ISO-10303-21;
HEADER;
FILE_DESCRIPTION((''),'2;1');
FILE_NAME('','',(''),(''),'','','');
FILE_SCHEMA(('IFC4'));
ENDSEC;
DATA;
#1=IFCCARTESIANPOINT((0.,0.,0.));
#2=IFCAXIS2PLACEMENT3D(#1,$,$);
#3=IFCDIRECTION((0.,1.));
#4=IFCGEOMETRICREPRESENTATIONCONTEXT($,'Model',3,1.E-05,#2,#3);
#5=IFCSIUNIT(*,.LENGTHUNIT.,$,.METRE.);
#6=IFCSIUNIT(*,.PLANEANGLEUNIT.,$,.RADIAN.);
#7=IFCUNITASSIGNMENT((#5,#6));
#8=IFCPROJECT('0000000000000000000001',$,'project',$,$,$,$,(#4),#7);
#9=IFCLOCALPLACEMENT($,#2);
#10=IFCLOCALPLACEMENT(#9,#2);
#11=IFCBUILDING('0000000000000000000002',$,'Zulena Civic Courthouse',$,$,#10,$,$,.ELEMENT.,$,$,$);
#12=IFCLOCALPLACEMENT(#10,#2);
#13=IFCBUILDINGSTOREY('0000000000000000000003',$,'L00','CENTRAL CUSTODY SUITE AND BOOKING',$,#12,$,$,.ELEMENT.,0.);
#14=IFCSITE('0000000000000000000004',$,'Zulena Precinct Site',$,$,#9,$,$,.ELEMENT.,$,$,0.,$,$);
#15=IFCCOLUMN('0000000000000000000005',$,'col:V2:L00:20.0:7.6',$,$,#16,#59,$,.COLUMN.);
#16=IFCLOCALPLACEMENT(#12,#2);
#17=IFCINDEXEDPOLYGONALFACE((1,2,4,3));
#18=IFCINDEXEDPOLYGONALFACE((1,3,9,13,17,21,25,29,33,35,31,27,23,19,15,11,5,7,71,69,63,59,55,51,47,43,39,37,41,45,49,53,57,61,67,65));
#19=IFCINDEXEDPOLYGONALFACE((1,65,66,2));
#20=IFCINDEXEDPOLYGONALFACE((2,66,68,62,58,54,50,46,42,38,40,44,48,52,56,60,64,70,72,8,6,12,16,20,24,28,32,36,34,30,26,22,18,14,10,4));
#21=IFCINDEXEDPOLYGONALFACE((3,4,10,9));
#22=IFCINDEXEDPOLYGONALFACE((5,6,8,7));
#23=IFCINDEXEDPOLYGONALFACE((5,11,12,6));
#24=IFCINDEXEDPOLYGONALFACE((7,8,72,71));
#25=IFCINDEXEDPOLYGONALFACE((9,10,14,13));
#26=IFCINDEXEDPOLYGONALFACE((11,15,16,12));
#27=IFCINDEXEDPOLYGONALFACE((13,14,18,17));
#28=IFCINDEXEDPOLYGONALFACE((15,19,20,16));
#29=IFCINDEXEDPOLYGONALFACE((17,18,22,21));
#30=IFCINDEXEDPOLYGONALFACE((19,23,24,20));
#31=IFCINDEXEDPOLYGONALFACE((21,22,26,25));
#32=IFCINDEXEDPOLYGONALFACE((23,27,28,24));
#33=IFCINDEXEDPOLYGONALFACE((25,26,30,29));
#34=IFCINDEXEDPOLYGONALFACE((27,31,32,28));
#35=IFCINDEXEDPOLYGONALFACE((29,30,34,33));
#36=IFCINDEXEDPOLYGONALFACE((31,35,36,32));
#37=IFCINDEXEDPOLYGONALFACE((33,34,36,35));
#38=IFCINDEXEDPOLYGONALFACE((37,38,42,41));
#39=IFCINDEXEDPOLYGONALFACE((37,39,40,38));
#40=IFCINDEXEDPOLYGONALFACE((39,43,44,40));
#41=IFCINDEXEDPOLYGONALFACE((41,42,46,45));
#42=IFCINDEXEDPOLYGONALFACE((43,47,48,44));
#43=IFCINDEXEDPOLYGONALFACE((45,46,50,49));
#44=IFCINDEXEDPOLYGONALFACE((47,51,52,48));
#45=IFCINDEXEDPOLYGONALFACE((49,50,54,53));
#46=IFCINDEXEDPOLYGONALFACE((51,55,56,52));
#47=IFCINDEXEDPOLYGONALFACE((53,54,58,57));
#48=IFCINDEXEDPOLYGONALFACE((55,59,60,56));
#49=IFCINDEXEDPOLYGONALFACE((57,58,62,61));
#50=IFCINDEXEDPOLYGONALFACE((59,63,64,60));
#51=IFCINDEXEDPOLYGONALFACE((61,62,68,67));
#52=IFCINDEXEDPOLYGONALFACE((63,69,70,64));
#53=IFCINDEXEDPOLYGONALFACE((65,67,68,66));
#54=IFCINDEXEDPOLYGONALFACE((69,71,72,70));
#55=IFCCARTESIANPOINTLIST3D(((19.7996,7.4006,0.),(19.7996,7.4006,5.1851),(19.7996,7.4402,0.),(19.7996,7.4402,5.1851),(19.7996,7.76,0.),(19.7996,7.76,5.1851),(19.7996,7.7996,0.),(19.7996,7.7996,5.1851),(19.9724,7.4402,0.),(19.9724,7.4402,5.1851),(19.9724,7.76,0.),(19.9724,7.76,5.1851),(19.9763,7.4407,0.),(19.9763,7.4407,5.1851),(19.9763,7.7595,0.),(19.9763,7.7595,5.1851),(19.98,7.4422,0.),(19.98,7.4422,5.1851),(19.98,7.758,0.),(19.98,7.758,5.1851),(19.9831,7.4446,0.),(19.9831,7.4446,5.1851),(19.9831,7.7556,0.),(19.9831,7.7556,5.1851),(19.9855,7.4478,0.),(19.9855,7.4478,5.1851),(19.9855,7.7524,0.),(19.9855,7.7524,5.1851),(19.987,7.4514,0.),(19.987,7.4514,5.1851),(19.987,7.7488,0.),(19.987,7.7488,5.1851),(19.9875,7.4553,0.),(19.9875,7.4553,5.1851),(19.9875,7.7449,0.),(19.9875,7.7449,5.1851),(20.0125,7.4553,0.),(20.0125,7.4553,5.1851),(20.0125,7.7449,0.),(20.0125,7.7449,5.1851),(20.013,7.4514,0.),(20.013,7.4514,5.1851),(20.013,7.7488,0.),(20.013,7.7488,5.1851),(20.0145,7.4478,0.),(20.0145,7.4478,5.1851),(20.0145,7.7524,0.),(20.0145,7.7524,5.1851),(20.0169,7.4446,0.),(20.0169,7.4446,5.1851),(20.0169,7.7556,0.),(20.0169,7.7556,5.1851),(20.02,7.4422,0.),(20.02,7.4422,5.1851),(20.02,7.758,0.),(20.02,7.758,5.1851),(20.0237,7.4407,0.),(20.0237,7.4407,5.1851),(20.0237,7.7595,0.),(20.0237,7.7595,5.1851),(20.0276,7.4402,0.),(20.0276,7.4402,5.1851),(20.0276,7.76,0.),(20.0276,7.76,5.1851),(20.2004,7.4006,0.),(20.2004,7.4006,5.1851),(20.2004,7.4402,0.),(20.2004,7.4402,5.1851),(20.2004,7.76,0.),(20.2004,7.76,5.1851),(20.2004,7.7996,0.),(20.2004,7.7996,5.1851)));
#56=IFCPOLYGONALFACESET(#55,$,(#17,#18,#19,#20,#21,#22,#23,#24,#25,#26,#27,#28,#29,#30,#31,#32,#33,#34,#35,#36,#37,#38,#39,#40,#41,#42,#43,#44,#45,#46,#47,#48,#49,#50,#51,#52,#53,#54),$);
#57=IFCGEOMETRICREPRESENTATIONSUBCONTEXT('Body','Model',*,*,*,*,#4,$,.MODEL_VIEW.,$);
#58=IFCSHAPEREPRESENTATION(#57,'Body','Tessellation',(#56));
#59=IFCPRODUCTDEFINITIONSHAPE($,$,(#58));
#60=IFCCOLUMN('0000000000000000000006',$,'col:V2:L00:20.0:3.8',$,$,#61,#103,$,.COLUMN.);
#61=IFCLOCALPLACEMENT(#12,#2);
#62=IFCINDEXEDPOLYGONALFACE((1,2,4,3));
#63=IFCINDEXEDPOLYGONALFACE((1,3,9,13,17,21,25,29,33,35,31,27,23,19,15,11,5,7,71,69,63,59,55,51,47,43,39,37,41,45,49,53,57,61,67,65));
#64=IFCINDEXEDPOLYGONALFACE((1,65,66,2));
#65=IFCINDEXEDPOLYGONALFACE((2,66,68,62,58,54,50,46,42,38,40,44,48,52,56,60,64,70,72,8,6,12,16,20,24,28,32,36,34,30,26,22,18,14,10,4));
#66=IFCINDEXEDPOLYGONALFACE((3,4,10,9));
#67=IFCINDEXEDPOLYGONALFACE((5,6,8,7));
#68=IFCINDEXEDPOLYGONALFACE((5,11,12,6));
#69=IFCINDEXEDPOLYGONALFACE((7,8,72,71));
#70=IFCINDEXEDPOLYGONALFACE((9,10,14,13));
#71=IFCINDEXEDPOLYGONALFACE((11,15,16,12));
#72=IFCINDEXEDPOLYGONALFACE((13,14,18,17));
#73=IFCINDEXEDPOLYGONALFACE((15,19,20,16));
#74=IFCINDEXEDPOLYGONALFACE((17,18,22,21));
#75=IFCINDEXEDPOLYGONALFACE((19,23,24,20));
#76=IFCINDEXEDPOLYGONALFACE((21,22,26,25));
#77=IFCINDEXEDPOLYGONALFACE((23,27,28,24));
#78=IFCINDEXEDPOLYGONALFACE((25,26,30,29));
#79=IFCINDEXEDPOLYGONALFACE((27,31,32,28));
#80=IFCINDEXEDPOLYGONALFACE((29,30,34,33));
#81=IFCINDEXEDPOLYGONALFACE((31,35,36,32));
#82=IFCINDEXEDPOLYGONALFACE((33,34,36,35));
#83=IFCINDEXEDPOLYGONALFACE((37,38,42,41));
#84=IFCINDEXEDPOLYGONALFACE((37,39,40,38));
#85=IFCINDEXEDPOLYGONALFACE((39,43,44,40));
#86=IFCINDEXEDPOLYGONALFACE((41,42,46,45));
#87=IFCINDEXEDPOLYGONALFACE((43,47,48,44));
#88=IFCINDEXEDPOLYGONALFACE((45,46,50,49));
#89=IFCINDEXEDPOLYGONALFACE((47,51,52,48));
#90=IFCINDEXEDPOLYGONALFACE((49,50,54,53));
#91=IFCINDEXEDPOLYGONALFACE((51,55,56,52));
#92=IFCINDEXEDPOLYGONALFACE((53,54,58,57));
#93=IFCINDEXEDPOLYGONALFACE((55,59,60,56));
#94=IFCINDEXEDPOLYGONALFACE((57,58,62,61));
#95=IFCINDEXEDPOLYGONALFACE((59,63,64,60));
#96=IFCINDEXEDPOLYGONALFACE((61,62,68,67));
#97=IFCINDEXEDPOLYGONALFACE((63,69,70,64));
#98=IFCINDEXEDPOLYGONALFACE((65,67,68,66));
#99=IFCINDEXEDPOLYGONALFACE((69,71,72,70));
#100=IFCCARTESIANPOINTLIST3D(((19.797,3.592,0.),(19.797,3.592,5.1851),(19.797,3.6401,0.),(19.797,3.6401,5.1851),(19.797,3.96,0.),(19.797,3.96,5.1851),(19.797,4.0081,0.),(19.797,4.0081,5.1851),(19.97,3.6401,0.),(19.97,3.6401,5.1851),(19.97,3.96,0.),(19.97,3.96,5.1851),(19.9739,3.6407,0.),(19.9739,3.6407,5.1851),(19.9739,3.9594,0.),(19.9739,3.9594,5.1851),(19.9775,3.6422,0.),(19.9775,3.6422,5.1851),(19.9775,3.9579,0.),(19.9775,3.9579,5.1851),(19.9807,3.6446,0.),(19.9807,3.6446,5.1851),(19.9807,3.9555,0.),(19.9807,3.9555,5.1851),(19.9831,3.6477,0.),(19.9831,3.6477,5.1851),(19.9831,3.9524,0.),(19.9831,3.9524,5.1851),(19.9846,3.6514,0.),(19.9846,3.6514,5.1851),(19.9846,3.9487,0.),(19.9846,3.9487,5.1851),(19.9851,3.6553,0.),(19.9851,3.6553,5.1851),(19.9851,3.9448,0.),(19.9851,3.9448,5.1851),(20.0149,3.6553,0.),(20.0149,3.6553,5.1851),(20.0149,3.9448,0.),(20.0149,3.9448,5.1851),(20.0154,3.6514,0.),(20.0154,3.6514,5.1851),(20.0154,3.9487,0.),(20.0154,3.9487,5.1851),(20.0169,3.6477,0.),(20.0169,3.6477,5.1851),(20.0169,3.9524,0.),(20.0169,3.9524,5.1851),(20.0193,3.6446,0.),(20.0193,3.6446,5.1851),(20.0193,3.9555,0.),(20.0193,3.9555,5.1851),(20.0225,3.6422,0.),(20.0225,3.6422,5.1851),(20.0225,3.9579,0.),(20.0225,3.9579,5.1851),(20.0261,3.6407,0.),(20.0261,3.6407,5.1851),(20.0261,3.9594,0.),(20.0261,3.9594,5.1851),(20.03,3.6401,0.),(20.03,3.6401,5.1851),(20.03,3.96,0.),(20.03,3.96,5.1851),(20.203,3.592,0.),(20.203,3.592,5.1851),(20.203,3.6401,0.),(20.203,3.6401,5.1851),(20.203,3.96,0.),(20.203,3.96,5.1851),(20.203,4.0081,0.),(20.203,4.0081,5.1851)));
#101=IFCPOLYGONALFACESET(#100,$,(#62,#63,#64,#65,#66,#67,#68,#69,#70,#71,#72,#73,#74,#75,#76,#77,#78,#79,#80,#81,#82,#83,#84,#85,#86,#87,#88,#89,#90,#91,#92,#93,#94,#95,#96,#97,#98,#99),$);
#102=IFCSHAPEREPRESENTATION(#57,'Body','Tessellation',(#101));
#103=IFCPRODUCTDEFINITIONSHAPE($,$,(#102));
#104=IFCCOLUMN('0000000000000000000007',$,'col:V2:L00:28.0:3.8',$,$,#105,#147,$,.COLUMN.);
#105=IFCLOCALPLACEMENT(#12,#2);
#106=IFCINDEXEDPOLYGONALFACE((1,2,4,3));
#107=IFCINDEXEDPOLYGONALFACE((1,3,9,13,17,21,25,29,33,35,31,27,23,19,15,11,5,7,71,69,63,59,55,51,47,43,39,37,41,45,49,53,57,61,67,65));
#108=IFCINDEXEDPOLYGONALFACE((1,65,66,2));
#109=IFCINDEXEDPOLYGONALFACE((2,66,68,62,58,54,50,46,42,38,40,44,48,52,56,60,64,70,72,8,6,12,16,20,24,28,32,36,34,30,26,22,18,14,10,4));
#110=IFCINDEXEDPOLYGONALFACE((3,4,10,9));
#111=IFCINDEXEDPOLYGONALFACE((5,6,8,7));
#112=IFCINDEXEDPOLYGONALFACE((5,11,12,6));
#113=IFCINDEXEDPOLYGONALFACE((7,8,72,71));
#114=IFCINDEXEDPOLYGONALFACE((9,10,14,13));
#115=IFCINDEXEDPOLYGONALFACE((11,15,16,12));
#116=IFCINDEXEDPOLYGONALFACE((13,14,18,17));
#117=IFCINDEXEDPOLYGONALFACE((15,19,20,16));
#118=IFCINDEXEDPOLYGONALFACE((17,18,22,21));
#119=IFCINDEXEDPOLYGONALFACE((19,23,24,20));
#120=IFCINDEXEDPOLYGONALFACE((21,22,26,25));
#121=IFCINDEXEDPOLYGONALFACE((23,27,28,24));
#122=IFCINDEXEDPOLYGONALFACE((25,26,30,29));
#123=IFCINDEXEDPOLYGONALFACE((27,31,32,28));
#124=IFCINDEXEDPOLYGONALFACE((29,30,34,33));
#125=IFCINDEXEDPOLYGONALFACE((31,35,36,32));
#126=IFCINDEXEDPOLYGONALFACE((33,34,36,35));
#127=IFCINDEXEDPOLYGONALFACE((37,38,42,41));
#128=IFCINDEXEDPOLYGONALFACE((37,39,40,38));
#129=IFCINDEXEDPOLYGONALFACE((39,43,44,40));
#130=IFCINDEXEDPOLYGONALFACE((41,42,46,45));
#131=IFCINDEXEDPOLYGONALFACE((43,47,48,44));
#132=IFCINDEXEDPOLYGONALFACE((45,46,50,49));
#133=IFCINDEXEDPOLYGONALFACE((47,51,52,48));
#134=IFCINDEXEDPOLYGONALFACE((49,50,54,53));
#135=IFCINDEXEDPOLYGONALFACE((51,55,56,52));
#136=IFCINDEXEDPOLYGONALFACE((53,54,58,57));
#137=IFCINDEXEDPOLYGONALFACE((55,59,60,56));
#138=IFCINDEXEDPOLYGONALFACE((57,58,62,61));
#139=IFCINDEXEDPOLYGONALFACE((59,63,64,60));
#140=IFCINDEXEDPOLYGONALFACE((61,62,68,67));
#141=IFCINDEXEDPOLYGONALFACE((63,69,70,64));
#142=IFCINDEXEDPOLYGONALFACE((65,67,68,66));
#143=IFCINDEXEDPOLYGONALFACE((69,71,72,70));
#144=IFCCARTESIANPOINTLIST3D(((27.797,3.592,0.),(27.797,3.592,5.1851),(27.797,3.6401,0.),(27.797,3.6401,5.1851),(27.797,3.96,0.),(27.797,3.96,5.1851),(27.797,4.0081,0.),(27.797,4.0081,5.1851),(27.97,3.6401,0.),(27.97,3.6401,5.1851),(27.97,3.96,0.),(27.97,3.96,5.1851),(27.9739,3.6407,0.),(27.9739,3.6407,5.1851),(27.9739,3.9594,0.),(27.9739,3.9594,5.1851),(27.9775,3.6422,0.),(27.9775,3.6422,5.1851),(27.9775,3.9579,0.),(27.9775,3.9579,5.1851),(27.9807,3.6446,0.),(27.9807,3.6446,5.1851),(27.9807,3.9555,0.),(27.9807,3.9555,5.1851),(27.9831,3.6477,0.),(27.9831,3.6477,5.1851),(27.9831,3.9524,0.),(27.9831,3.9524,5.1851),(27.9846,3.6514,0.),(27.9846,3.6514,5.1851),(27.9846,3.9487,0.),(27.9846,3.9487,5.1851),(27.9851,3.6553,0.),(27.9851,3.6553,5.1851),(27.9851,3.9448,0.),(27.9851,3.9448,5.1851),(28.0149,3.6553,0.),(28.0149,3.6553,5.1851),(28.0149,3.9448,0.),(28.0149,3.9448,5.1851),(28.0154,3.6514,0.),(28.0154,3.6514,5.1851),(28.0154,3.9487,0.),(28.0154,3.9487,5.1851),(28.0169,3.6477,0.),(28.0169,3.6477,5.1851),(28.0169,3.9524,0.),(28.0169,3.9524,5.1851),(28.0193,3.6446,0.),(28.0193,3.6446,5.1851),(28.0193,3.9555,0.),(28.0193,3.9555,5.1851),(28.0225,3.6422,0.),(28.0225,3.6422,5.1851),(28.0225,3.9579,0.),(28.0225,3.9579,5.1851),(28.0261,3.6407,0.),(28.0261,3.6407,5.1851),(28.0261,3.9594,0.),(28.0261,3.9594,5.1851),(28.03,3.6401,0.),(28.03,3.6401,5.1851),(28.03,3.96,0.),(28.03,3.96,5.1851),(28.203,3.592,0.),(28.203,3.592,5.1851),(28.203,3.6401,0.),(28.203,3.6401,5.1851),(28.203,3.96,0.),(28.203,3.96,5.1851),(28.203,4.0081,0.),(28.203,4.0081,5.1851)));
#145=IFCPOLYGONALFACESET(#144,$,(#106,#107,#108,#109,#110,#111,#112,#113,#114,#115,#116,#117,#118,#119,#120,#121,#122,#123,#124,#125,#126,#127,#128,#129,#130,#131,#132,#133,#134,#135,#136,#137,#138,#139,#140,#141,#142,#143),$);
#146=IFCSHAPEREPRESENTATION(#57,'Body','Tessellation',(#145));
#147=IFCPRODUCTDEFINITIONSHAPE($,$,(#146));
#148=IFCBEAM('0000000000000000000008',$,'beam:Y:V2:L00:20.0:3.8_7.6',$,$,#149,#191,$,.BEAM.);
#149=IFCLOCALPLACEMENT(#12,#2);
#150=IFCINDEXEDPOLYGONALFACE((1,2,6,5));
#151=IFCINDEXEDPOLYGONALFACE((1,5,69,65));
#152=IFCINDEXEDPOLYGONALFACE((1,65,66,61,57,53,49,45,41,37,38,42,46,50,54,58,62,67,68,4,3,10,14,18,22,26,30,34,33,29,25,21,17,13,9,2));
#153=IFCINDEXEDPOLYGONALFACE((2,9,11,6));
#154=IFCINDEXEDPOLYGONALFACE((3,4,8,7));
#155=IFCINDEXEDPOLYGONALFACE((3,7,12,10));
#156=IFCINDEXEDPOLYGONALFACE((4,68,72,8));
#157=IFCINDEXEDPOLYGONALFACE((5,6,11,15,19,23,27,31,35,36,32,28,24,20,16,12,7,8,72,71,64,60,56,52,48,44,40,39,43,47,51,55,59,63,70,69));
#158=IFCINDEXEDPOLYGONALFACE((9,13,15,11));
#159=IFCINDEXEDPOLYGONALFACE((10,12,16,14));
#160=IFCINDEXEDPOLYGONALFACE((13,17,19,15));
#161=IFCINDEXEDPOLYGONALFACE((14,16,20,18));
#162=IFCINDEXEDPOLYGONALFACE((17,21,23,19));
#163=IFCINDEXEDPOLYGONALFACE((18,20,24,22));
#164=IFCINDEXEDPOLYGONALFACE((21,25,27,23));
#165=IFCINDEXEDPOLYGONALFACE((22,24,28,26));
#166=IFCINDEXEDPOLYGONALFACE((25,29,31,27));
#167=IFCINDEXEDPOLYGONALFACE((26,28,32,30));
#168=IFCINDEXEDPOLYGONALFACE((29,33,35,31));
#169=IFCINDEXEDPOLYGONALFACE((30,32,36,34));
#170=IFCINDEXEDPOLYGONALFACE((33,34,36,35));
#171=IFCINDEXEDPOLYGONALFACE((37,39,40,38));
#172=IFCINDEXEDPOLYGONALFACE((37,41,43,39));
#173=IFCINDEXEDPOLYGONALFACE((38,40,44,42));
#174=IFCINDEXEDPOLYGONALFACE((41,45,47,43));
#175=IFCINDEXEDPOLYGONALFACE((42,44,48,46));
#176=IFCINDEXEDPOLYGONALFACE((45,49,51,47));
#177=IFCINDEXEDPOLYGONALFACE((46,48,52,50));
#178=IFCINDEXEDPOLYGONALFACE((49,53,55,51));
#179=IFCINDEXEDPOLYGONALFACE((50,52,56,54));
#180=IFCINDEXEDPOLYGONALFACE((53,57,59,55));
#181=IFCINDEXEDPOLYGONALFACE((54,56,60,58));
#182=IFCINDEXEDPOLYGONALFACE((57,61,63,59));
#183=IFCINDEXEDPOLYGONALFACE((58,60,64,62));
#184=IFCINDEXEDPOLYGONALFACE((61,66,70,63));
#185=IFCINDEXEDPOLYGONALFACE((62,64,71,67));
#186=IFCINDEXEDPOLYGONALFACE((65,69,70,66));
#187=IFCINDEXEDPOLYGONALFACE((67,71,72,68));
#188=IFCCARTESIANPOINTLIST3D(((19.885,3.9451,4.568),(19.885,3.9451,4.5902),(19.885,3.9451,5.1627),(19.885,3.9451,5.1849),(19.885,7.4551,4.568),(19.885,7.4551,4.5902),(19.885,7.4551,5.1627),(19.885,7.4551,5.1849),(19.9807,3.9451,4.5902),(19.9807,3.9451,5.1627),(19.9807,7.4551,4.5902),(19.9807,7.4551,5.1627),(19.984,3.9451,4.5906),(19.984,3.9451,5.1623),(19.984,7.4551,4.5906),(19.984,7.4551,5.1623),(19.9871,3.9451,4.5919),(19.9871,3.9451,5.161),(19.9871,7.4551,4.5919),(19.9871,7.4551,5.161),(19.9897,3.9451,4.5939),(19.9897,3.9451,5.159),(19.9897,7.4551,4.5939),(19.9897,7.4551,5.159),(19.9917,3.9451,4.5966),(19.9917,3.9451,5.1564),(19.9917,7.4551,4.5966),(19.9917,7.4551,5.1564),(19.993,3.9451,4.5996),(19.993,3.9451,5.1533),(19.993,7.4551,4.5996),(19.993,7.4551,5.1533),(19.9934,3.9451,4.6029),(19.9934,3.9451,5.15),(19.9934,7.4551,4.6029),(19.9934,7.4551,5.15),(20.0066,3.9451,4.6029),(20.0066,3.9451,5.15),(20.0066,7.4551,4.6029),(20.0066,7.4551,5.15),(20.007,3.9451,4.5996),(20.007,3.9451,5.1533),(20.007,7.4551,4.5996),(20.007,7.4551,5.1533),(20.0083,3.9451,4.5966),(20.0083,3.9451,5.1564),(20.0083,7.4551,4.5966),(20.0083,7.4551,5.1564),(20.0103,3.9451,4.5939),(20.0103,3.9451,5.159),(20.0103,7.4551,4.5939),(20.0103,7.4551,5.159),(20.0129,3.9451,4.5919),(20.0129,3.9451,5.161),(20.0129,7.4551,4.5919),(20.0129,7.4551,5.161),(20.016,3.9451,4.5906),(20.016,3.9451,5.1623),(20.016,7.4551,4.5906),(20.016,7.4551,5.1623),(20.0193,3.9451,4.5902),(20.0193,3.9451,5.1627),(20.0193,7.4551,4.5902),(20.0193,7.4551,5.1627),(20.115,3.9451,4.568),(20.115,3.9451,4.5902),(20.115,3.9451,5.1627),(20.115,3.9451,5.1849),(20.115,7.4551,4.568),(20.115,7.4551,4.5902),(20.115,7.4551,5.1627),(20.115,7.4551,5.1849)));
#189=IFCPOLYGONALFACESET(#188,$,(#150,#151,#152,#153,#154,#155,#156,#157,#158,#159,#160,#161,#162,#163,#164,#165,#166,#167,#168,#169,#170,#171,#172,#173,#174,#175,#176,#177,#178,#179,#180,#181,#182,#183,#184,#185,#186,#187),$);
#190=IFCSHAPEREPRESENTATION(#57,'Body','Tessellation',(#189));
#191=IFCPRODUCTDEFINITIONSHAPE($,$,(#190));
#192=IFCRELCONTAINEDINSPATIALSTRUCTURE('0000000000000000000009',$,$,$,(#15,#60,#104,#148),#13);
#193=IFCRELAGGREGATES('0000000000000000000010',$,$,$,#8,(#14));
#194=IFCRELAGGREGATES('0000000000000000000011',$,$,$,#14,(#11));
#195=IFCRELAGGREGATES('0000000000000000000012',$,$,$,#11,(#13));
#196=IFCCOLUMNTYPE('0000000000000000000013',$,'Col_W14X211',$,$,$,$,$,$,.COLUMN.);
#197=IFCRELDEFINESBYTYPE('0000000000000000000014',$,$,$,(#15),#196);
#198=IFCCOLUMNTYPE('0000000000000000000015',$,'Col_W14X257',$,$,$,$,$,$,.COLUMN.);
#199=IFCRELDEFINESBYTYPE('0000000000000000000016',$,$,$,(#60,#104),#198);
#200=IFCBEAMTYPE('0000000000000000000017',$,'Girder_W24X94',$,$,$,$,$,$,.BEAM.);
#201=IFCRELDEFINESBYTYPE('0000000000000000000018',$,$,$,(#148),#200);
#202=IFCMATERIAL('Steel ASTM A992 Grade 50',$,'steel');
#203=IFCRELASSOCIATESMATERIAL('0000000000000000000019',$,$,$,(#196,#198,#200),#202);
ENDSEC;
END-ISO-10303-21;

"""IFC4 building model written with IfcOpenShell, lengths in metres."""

from ifc_helpers import new_model, si_unit, direction, frame, origin, origin_2d, place, context, subcontext, project, spatial, i_section, extrude, material, material_profile, profile_set, type_object, element, save


model = new_model("IFC4")

# Units and contexts
model_context = context("Model", 3, precision=1e-05, world=origin(), true_north=direction((0.0, 1.0)))
body_context = subcontext(model_context, "Body", "Model", "MODEL_VIEW")
ifc_project = project(units=[si_unit("LENGTHUNIT", "METRE"), si_unit("PLANEANGLEUNIT", "RADIAN")], contexts=[model_context])

# Site, building, storey
site_placement = place(None, origin())
site = spatial("IfcSite", under=ifc_project, at=site_placement, Name="Zulena Precinct Site", CompositionType="ELEMENT", RefElevation=0.0)
building_placement = place(site_placement, origin())
building = spatial("IfcBuilding", under=site, at=building_placement, Name="Zulena Civic Courthouse", CompositionType="ELEMENT")
storey_placement = place(building_placement, origin())
storey = spatial("IfcBuildingStorey", under=building, at=storey_placement, Name="L00", Description="CENTRAL CUSTODY SUITE AND BOOKING", CompositionType="ELEMENT", Elevation=0.0)

# Columns
ifc_material_1 = material(Name="Steel ASTM A992 Grade 50", Category="steel")
ifc_material_profile_1 = material_profile(ifc_material_1, i_section(OverallWidth=0.4009, OverallDepth=0.3989, WebThickness=0.0249, FlangeThickness=0.0396, FilletRadius=0.0151, at=origin_2d()), Name="W14X211")
ifc_profile_set_1 = profile_set([ifc_material_profile_1], Name="Steel ASTM A992 Grade 50")
column_type_1 = type_object("IfcColumnType", Name="Col_W14X211", PredefinedType="COLUMN", material=ifc_profile_set_1)
column_placement = place(storey_placement, frame((20.0, 7.6001, 0.0), z_axis=(0.0, 0.0, 1.0), x_axis=(1.0, 0.0, 0.0)))
element("IfcColumn", 1, at=column_placement, inside=storey, type_object=column_type_1, Name="col:V2:L00:20.0:7.6", PredefinedType="COLUMN", context=body_context, shape_type="SweptSolid", body=[
    extrude(i_section(OverallWidth=0.4009, OverallDepth=0.3989, WebThickness=0.0249, FlangeThickness=0.0396, FilletRadius=0.0151, at=origin_2d()), origin(), (0.0, 0.0, 1.0), 5.1851),
])
ifc_material_profile_2 = material_profile(ifc_material_1, i_section(OverallWidth=0.406, OverallDepth=0.416, WebThickness=0.0298, FlangeThickness=0.0481, FilletRadius=0.0151, at=origin_2d()), Name="W14X257")
ifc_profile_set_2 = profile_set([ifc_material_profile_2], Name="Steel ASTM A992 Grade 50")
column_type_2 = type_object("IfcColumnType", Name="Col_W14X257", PredefinedType="COLUMN", material=ifc_profile_set_2)
for number, where, z_axis, x_axis, name in (
    (2, (20.0, 3.8, 0.0), (0.0, 0.0, 1.0), (1.0, 0.0, 0.0), "col:V2:L00:20.0:3.8"),
    (3, (28.0, 3.8, 0.0), (0.0, 0.0, 1.0), (1.0, 0.0, 0.0), "col:V2:L00:28.0:3.8"),
):
    element("IfcColumn", number, at=place(storey_placement, frame(where, z_axis=z_axis, x_axis=x_axis)), inside=storey, type_object=column_type_2, Name=name, PredefinedType="COLUMN", context=body_context, shape_type="SweptSolid", body=[
        extrude(i_section(OverallWidth=0.406, OverallDepth=0.416, WebThickness=0.0298, FlangeThickness=0.0481, FilletRadius=0.0151, at=origin_2d()), origin(), (0.0, 0.0, 1.0), 5.1851),
    ])

# Beam
ifc_material_profile_3 = material_profile(ifc_material_1, i_section(OverallWidth=0.23, OverallDepth=0.6169, WebThickness=0.0132, FlangeThickness=0.0222, FilletRadius=0.0127, at=origin_2d()), Name="W24X94")
ifc_profile_set_3 = profile_set([ifc_material_profile_3], Name="Steel ASTM A992 Grade 50")
beam_type_1 = type_object("IfcBeamType", Name="Girder_W24X94", PredefinedType="BEAM", material=ifc_profile_set_3)
beam_1_placement = place(storey_placement, frame((20.0, 3.9451, 4.8765), z_axis=(0.0, 1.0, 0.0), x_axis=(-1.0, 0.0, 0.0)))
element("IfcBeam", 4, at=beam_1_placement, inside=storey, type_object=beam_type_1, Name="beam:Y:V2:L00:20.0:3.8_7.6", PredefinedType="BEAM", context=body_context, shape_type="SweptSolid", body=[
    extrude(i_section(OverallWidth=0.23, OverallDepth=0.6169, WebThickness=0.0132, FlangeThickness=0.0222, FilletRadius=0.0127, at=origin_2d()), origin(), (0.0, 0.0, 1.0), 3.51),
])

save(model, "model.ifc")
